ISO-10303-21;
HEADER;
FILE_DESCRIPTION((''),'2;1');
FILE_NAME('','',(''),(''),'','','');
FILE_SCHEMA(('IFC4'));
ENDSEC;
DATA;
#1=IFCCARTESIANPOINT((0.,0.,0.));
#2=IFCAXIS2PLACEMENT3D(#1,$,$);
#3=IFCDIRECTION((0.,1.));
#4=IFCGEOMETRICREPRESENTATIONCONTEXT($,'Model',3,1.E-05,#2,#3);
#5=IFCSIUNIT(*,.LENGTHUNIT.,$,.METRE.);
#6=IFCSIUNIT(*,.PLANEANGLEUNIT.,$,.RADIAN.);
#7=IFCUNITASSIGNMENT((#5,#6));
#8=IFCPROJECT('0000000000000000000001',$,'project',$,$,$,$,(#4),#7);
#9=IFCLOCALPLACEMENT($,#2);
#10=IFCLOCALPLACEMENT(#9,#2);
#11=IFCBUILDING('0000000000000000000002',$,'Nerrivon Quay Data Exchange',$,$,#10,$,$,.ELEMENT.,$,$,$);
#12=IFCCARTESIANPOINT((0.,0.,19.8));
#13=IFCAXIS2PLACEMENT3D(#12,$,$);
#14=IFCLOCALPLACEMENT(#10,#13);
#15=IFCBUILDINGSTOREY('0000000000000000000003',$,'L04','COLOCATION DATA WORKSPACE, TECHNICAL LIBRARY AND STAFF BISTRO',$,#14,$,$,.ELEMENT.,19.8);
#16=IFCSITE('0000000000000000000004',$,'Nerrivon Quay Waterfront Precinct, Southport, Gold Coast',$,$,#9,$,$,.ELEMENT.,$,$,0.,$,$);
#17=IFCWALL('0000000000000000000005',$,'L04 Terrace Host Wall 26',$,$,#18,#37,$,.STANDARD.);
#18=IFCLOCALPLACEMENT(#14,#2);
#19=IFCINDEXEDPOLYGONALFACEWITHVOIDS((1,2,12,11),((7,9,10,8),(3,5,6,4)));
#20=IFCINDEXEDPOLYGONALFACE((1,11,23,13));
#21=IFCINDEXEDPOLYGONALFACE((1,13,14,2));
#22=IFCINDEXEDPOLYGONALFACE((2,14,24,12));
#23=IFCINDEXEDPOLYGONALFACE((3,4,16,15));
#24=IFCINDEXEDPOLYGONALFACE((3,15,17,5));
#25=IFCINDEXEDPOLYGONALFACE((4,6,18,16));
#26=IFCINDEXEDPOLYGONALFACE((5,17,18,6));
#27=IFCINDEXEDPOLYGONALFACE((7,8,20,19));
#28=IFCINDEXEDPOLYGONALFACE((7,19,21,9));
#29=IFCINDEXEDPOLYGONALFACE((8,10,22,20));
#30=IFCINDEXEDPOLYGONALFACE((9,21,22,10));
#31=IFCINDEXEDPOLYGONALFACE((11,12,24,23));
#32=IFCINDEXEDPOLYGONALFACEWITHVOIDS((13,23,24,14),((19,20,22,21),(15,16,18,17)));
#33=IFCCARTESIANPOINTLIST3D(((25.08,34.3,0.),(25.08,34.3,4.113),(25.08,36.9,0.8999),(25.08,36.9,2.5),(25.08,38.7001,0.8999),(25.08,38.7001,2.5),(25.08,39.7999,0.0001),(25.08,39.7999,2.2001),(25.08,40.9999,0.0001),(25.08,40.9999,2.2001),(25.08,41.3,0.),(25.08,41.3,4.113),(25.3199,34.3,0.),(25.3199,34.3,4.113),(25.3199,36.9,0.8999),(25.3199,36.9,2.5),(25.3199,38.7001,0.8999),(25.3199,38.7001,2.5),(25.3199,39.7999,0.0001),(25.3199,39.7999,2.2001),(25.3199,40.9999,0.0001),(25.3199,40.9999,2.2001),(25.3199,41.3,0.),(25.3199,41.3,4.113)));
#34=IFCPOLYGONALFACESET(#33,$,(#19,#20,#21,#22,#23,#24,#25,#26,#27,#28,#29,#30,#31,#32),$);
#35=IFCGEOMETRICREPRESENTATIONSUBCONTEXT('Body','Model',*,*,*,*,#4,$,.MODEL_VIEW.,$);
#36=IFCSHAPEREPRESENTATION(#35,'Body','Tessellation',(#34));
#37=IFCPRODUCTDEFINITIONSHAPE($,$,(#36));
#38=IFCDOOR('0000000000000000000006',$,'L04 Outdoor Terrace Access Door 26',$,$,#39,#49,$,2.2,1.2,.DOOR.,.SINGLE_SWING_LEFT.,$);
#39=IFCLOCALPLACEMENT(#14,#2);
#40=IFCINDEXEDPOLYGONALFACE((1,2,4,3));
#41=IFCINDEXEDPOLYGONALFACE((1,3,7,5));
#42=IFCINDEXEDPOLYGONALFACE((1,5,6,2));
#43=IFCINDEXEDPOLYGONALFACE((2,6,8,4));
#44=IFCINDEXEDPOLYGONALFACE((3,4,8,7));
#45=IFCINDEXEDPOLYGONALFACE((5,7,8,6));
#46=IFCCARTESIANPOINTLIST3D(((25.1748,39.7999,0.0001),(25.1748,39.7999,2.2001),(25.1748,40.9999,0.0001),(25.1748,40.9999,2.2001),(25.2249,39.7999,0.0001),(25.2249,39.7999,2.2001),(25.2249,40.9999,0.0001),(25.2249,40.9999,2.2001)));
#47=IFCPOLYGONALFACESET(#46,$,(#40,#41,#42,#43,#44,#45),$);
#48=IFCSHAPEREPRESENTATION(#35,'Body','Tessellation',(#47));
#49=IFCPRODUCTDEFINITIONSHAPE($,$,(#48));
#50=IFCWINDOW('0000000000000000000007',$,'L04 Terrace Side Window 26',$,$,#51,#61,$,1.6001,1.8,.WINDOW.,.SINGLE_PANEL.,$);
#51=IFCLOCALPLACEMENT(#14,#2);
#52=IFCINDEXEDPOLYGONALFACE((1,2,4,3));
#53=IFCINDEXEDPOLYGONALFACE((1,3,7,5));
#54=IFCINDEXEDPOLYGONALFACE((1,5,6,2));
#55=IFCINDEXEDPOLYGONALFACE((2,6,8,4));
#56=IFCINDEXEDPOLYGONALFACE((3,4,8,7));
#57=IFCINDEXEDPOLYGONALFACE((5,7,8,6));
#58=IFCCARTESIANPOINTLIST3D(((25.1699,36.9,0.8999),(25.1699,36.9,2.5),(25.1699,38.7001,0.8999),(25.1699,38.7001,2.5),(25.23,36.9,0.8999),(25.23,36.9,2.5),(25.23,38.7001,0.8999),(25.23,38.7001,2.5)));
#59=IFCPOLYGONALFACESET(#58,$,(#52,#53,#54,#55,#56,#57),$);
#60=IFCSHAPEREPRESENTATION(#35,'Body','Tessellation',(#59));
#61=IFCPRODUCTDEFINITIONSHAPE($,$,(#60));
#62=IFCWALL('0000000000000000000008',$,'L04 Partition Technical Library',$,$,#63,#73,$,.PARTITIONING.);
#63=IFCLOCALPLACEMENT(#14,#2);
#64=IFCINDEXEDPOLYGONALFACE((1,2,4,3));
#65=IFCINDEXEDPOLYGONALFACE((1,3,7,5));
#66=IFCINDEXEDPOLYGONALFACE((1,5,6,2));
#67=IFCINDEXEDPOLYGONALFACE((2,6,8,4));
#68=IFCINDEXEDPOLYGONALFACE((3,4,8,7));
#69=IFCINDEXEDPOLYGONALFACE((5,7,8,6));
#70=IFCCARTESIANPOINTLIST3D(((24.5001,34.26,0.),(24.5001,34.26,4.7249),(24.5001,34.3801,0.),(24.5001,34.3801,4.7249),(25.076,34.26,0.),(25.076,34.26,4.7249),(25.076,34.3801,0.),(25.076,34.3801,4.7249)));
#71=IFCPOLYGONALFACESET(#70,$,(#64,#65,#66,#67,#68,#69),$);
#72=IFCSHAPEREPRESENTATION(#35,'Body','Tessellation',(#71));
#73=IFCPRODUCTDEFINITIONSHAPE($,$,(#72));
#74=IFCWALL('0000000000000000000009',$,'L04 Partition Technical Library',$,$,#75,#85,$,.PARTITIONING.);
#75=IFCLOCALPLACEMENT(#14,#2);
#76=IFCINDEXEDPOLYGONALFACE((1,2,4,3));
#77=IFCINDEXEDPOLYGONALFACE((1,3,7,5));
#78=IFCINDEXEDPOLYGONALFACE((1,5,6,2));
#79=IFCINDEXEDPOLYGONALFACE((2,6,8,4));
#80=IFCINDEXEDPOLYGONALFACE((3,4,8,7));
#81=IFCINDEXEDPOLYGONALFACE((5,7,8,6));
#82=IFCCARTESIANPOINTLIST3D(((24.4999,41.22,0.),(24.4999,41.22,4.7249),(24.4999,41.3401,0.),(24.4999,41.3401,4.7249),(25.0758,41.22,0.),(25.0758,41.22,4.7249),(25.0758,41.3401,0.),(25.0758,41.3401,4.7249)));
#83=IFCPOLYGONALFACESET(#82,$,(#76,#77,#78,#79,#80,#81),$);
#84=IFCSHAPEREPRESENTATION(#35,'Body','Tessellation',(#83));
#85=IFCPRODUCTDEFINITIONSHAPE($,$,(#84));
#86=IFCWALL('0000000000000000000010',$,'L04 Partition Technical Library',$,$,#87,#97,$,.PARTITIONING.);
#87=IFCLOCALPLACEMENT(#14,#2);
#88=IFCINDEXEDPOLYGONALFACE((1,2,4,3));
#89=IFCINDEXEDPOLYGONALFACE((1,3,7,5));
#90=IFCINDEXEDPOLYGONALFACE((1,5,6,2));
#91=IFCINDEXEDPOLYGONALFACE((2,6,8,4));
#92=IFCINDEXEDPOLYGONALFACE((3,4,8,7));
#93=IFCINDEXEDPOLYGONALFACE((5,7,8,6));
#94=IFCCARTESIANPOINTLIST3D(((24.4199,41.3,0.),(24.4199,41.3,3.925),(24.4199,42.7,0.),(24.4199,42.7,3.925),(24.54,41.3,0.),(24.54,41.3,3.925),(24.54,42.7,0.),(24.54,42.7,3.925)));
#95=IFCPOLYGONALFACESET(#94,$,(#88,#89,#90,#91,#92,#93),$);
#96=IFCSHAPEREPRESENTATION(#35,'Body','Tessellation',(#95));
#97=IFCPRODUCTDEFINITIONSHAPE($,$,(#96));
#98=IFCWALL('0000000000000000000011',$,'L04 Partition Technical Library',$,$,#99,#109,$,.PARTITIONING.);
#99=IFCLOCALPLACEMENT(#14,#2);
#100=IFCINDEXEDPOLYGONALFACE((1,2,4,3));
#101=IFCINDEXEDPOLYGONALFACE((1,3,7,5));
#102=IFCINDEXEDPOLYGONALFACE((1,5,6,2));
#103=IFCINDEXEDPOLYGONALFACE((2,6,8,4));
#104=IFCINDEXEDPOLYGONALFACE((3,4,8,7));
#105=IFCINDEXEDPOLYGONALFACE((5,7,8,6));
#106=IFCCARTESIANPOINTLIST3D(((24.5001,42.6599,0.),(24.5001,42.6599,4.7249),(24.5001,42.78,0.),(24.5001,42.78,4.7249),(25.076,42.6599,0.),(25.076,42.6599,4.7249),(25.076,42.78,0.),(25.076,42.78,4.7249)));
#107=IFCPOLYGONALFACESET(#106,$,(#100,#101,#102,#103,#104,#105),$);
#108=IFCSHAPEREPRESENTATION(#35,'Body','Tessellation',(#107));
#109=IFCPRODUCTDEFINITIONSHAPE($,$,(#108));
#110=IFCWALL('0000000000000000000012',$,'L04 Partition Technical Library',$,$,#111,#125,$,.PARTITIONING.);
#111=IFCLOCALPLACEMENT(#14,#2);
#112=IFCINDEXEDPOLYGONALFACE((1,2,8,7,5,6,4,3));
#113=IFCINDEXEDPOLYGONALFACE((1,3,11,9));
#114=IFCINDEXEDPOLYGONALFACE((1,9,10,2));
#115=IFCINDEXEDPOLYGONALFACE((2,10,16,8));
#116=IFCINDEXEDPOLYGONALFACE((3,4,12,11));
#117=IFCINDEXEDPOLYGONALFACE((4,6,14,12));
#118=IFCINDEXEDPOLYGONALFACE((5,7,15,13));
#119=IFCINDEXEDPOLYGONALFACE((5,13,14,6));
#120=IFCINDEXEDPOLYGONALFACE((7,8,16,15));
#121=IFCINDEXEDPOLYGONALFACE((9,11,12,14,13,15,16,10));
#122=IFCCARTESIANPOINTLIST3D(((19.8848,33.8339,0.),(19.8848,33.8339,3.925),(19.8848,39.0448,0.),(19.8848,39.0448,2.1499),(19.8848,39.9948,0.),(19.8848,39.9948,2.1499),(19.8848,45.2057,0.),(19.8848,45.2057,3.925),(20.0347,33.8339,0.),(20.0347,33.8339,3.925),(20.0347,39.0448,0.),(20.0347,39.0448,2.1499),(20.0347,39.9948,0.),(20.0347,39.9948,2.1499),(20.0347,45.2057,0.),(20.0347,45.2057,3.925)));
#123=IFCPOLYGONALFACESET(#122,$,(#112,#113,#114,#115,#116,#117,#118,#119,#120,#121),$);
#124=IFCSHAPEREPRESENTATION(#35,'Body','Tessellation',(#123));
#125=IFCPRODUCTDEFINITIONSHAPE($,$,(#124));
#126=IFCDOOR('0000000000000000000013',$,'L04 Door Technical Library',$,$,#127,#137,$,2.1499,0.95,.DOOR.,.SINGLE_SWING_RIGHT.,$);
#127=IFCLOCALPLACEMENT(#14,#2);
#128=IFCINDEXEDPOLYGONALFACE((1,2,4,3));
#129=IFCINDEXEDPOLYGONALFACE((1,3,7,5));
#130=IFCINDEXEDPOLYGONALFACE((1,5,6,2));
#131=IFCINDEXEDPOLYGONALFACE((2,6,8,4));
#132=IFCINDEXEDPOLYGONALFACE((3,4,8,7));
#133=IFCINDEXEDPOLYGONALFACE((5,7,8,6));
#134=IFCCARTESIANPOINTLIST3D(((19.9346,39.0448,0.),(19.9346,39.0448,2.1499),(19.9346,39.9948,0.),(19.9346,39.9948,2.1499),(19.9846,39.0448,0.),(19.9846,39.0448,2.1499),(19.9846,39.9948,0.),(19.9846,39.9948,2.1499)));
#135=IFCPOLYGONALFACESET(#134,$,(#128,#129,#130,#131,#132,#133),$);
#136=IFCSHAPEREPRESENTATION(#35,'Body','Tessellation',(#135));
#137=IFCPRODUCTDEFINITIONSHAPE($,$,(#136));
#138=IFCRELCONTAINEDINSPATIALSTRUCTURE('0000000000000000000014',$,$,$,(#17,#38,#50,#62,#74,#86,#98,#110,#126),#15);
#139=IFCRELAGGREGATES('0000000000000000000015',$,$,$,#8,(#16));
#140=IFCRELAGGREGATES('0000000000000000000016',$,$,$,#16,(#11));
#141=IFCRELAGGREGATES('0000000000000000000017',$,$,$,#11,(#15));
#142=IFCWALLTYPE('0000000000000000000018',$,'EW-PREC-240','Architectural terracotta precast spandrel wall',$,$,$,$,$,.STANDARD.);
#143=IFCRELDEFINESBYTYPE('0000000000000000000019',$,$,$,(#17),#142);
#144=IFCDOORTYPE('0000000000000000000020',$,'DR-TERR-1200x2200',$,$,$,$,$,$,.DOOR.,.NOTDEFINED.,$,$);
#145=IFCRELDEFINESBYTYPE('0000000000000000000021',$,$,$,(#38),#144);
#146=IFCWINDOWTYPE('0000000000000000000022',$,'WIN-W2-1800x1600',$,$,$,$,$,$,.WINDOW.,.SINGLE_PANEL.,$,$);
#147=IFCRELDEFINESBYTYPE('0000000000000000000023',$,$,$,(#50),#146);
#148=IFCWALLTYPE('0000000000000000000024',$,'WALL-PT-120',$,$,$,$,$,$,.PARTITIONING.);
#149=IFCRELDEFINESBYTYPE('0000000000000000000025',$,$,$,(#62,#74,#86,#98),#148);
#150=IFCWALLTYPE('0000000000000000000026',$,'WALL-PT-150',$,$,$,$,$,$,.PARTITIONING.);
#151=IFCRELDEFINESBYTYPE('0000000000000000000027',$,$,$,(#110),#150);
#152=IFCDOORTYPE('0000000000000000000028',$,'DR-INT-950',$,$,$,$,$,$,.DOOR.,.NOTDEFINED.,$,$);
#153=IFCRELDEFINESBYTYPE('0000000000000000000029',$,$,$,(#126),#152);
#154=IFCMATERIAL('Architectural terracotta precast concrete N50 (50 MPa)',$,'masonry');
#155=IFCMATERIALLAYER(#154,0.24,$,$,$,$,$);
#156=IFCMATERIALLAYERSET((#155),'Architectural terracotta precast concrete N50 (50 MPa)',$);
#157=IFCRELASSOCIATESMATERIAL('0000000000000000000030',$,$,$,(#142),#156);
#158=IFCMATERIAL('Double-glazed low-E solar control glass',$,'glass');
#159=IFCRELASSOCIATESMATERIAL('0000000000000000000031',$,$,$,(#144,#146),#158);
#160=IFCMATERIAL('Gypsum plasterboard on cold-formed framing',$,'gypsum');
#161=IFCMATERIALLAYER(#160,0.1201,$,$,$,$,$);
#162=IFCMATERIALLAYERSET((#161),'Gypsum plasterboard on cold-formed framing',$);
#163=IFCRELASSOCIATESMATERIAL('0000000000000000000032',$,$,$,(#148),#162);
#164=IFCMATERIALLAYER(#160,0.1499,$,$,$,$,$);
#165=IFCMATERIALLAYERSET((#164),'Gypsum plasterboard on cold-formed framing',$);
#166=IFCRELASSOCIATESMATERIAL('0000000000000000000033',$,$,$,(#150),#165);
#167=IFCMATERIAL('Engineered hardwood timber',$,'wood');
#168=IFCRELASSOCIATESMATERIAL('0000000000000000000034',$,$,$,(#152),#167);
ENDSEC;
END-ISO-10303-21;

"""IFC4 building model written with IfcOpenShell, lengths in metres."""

from ifc_helpers import new_model, si_unit, direction, frame, frame_2d, origin, place, context, subcontext, project, spatial, rectangle, extrude, material, layer, layer_set, type_object, element, fill, save


model = new_model("IFC4")

# Units and contexts
model_context = context("Model", 3, precision=1e-05, world=origin(), true_north=direction((0.0, 1.0)))
body_context = subcontext(model_context, "Body", "Model", "MODEL_VIEW")
ifc_project = project(units=[si_unit("LENGTHUNIT", "METRE"), si_unit("PLANEANGLEUNIT", "RADIAN")], contexts=[model_context])

# Site, building, storey
site_placement = place(None, origin())
site = spatial("IfcSite", under=ifc_project, at=site_placement, Name="Nerrivon Quay Waterfront Precinct, Southport, Gold Coast", CompositionType="ELEMENT", RefElevation=0.0)
building_placement = place(site_placement, origin())
building = spatial("IfcBuilding", under=site, at=building_placement, Name="Nerrivon Quay Data Exchange", CompositionType="ELEMENT")
storey_placement = place(building_placement, frame((0.0, 0.0, 19.8)))
storey = spatial("IfcBuildingStorey", under=building, at=storey_placement, Name="L04", Description="COLOCATION DATA WORKSPACE, TECHNICAL LIBRARY AND STAFF BISTRO", CompositionType="ELEMENT", Elevation=19.8)

# Shared definitions
ifc_material_1 = material(Name="Double-glazed low-E solar control glass", Category="glass")

# Shared definitions
ifc_material_2 = material(Name="Architectural terracotta precast concrete N50 (50 MPa)", Category="masonry")
ifc_layer_1 = layer(ifc_material_2, 0.24)
ifc_layer_set_1 = layer_set([ifc_layer_1], Name="Architectural terracotta precast concrete N50 (50 MPa)")
wall_type_1 = type_object("IfcWallType", Name="EW-PREC-240", Description="Architectural terracotta precast spandrel wall", PredefinedType="STANDARD", material=ifc_layer_set_1)
door_type_1 = type_object("IfcDoorType", Name="DR-TERR-1200x2200", OperationType="NOTDEFINED", PredefinedType="DOOR", material=ifc_material_1)

# Wall, openings, door, window
wall_1_placement = place(storey_placement, frame((25.2, 41.3, 0.0), z_axis=(0.0, 0.0, 1.0), x_axis=(0.0, -1.0, 0.0)))
wall_1 = element("IfcWall", 1, at=wall_1_placement, inside=storey, type_object=wall_type_1, Name="L04 Terrace Host Wall 26", PredefinedType="STANDARD", context=body_context, shape_type="SweptSolid", body=[
    extrude(rectangle(XDim=7.0, YDim=0.24, at=frame_2d((3.5, 0.0))), origin(), (0.0, 0.0, 1.0), 4.113),
])
opening_1_placement = place(wall_1_placement, frame((0.3, 0.0, 0.0)))
opening_1 = element("IfcOpeningElement", 2, at=opening_1_placement, cuts=wall_1, PredefinedType="OPENING", context=body_context, shape_type="SweptSolid", body=[
    extrude(rectangle(XDim=1.2, YDim=2.2, at=frame_2d((0.6001, 1.1001))), frame((0.0, 0.1299, 0.0), z_axis=(0.0, -1.0, 0.0), x_axis=(1.0, 0.0, 0.0)), (0.0, 0.0, 1.0), 0.26),
])
opening_2_placement = place(wall_1_placement, frame((2.6001, 0.0, 0.8999)))
opening_2 = element("IfcOpeningElement", 3, at=opening_2_placement, cuts=wall_1, PredefinedType="OPENING", context=body_context, shape_type="SweptSolid", body=[
    extrude(rectangle(XDim=1.8, YDim=1.6001, at=frame_2d((0.8999, 0.8))), frame((0.0, 0.1299, 0.0), z_axis=(0.0, -1.0, 0.0), x_axis=(1.0, 0.0, 0.0)), (0.0, 0.0, 1.0), 0.26),
])
door_1_placement = place(opening_1_placement, origin())
door_1 = element("IfcDoor", 4, at=door_1_placement, inside=storey, type_object=door_type_1, Name="L04 Outdoor Terrace Access Door 26", OperationType="SINGLE_SWING_LEFT", OverallHeight=2.2, OverallWidth=1.2, PredefinedType="DOOR", context=body_context, shape_type="SweptSolid", body=[
    extrude(rectangle(XDim=1.2, YDim=2.2, at=frame_2d((0.6001, 1.1001))), frame((0.0, 0.0249, 0.0), z_axis=(0.0, -1.0, 0.0), x_axis=(1.0, 0.0, 0.0)), (0.0, 0.0, 1.0), 0.05),
])
fill(opening_1, door_1)
window_type = type_object("IfcWindowType", Name="WIN-W2-1800x1600", PartitioningType="SINGLE_PANEL", PredefinedType="WINDOW", material=ifc_material_1)
window_placement = place(opening_2_placement, origin())
window = element("IfcWindow", 5, at=window_placement, inside=storey, type_object=window_type, Name="L04 Terrace Side Window 26", OverallHeight=1.6001, OverallWidth=1.8, PartitioningType="SINGLE_PANEL", PredefinedType="WINDOW", context=body_context, shape_type="SweptSolid", body=[
    extrude(rectangle(XDim=1.8, YDim=1.6001, at=frame_2d((0.8999, 0.8))), frame((0.0, 0.03, 0.0), z_axis=(0.0, -1.0, 0.0), x_axis=(1.0, 0.0, 0.0)), (0.0, 0.0, 1.0), 0.0601),
])
fill(opening_2, window)

# Walls
ifc_material_3 = material(Name="Gypsum plasterboard on cold-formed framing", Category="gypsum")
ifc_layer_2 = layer(ifc_material_3, 0.1201)
ifc_layer_set_2 = layer_set([ifc_layer_2], Name="Gypsum plasterboard on cold-formed framing")
wall_type_2 = type_object("IfcWallType", Name="WALL-PT-120", PredefinedType="PARTITIONING", material=ifc_layer_set_2)
for number, where, z_axis, x_axis, name in (
    (6, (24.5, 34.3201, 0.0), (0.0, 0.0, 1.0), (1.0, 0.0, 0.0), "L04 Partition Technical Library"),
    (7, (25.0759, 41.28, 0.0), (0.0, 0.0, 1.0), (-1.0, 0.0, 0.0), "L04 Partition Technical Library"),
):
    element("IfcWall", number, at=place(storey_placement, frame(where, z_axis=z_axis, x_axis=x_axis)), inside=storey, type_object=wall_type_2, Name=name, PredefinedType="PARTITIONING", context=body_context, shape_type="SweptSolid", body=[
        extrude(rectangle(XDim=0.5759, YDim=0.1201, at=frame_2d((0.2881, 0.0))), origin(), (0.0, 0.0, 1.0), 4.7249),
    ])
wall_2_placement = place(storey_placement, frame((24.48, 41.3, 0.0), z_axis=(0.0, 0.0, 1.0), x_axis=(0.0, 1.0, 0.0)))
element("IfcWall", 8, at=wall_2_placement, inside=storey, type_object=wall_type_2, Name="L04 Partition Technical Library", PredefinedType="PARTITIONING", context=body_context, shape_type="SweptSolid", body=[
    extrude(rectangle(XDim=1.3999, YDim=0.1201, at=frame_2d((0.7, 0.0))), origin(), (0.0, 0.0, 1.0), 3.925),
])
wall_3_placement = place(storey_placement, frame((24.5, 42.72, 0.0), z_axis=(0.0, 0.0, 1.0), x_axis=(1.0, 0.0, 0.0)))
element("IfcWall", 9, at=wall_3_placement, inside=storey, type_object=wall_type_2, Name="L04 Partition Technical Library", PredefinedType="PARTITIONING", context=body_context, shape_type="SweptSolid", body=[
    extrude(rectangle(XDim=0.5759, YDim=0.1201, at=frame_2d((0.2881, 0.0))), origin(), (0.0, 0.0, 1.0), 4.7249),
])

# Wall, opening, door
ifc_layer_3 = layer(ifc_material_3, 0.1499)
ifc_layer_set_3 = layer_set([ifc_layer_3], Name="Gypsum plasterboard on cold-formed framing")
wall_type_3 = type_object("IfcWallType", Name="WALL-PT-150", PredefinedType="PARTITIONING", material=ifc_layer_set_3)
wall_4_placement = place(storey_placement, frame((19.9597, 45.2058, 0.0), z_axis=(0.0, 0.0, 1.0), x_axis=(0.0, -1.0, 0.0)))
wall_4 = element("IfcWall", 10, at=wall_4_placement, inside=storey, type_object=wall_type_3, Name="L04 Partition Technical Library", PredefinedType="PARTITIONING", context=body_context, shape_type="SweptSolid", body=[
    extrude(rectangle(XDim=11.3718, YDim=0.1499, at=frame_2d((5.686, 0.0))), origin(), (0.0, 0.0, 1.0), 3.925),
])
opening_3_placement = place(wall_4_placement, frame((5.2109, 0.0, 0.0)))
opening_3 = element("IfcOpeningElement", 11, at=opening_3_placement, cuts=wall_4, PredefinedType="OPENING", context=body_context, shape_type="SweptSolid", body=[
    extrude(rectangle(XDim=0.95, YDim=2.1499, at=frame_2d((0.4751, 1.075))), frame((0.0, 0.085, 0.0), z_axis=(0.0, -1.0, 0.0), x_axis=(1.0, 0.0, 0.0)), (0.0, 0.0, 1.0), 0.1699),
])
ifc_material_4 = material(Name="Engineered hardwood timber", Category="wood")
door_type_2 = type_object("IfcDoorType", Name="DR-INT-950", OperationType="NOTDEFINED", PredefinedType="DOOR", material=ifc_material_4)
door_2_placement = place(opening_3_placement, origin())
door_2 = element("IfcDoor", 12, at=door_2_placement, inside=storey, type_object=door_type_2, Name="L04 Door Technical Library", OperationType="SINGLE_SWING_RIGHT", OverallHeight=2.1499, OverallWidth=0.95, PredefinedType="DOOR", context=body_context, shape_type="SweptSolid", body=[
    extrude(rectangle(XDim=0.95, YDim=2.1499, at=frame_2d((0.4751, 1.075))), frame((0.0, 0.0249, 0.0), z_axis=(0.0, -1.0, 0.0), x_axis=(1.0, 0.0, 0.0)), (0.0, 0.0, 1.0), 0.05),
])
fill(opening_3, door_2)

save(model, "model.ifc")
